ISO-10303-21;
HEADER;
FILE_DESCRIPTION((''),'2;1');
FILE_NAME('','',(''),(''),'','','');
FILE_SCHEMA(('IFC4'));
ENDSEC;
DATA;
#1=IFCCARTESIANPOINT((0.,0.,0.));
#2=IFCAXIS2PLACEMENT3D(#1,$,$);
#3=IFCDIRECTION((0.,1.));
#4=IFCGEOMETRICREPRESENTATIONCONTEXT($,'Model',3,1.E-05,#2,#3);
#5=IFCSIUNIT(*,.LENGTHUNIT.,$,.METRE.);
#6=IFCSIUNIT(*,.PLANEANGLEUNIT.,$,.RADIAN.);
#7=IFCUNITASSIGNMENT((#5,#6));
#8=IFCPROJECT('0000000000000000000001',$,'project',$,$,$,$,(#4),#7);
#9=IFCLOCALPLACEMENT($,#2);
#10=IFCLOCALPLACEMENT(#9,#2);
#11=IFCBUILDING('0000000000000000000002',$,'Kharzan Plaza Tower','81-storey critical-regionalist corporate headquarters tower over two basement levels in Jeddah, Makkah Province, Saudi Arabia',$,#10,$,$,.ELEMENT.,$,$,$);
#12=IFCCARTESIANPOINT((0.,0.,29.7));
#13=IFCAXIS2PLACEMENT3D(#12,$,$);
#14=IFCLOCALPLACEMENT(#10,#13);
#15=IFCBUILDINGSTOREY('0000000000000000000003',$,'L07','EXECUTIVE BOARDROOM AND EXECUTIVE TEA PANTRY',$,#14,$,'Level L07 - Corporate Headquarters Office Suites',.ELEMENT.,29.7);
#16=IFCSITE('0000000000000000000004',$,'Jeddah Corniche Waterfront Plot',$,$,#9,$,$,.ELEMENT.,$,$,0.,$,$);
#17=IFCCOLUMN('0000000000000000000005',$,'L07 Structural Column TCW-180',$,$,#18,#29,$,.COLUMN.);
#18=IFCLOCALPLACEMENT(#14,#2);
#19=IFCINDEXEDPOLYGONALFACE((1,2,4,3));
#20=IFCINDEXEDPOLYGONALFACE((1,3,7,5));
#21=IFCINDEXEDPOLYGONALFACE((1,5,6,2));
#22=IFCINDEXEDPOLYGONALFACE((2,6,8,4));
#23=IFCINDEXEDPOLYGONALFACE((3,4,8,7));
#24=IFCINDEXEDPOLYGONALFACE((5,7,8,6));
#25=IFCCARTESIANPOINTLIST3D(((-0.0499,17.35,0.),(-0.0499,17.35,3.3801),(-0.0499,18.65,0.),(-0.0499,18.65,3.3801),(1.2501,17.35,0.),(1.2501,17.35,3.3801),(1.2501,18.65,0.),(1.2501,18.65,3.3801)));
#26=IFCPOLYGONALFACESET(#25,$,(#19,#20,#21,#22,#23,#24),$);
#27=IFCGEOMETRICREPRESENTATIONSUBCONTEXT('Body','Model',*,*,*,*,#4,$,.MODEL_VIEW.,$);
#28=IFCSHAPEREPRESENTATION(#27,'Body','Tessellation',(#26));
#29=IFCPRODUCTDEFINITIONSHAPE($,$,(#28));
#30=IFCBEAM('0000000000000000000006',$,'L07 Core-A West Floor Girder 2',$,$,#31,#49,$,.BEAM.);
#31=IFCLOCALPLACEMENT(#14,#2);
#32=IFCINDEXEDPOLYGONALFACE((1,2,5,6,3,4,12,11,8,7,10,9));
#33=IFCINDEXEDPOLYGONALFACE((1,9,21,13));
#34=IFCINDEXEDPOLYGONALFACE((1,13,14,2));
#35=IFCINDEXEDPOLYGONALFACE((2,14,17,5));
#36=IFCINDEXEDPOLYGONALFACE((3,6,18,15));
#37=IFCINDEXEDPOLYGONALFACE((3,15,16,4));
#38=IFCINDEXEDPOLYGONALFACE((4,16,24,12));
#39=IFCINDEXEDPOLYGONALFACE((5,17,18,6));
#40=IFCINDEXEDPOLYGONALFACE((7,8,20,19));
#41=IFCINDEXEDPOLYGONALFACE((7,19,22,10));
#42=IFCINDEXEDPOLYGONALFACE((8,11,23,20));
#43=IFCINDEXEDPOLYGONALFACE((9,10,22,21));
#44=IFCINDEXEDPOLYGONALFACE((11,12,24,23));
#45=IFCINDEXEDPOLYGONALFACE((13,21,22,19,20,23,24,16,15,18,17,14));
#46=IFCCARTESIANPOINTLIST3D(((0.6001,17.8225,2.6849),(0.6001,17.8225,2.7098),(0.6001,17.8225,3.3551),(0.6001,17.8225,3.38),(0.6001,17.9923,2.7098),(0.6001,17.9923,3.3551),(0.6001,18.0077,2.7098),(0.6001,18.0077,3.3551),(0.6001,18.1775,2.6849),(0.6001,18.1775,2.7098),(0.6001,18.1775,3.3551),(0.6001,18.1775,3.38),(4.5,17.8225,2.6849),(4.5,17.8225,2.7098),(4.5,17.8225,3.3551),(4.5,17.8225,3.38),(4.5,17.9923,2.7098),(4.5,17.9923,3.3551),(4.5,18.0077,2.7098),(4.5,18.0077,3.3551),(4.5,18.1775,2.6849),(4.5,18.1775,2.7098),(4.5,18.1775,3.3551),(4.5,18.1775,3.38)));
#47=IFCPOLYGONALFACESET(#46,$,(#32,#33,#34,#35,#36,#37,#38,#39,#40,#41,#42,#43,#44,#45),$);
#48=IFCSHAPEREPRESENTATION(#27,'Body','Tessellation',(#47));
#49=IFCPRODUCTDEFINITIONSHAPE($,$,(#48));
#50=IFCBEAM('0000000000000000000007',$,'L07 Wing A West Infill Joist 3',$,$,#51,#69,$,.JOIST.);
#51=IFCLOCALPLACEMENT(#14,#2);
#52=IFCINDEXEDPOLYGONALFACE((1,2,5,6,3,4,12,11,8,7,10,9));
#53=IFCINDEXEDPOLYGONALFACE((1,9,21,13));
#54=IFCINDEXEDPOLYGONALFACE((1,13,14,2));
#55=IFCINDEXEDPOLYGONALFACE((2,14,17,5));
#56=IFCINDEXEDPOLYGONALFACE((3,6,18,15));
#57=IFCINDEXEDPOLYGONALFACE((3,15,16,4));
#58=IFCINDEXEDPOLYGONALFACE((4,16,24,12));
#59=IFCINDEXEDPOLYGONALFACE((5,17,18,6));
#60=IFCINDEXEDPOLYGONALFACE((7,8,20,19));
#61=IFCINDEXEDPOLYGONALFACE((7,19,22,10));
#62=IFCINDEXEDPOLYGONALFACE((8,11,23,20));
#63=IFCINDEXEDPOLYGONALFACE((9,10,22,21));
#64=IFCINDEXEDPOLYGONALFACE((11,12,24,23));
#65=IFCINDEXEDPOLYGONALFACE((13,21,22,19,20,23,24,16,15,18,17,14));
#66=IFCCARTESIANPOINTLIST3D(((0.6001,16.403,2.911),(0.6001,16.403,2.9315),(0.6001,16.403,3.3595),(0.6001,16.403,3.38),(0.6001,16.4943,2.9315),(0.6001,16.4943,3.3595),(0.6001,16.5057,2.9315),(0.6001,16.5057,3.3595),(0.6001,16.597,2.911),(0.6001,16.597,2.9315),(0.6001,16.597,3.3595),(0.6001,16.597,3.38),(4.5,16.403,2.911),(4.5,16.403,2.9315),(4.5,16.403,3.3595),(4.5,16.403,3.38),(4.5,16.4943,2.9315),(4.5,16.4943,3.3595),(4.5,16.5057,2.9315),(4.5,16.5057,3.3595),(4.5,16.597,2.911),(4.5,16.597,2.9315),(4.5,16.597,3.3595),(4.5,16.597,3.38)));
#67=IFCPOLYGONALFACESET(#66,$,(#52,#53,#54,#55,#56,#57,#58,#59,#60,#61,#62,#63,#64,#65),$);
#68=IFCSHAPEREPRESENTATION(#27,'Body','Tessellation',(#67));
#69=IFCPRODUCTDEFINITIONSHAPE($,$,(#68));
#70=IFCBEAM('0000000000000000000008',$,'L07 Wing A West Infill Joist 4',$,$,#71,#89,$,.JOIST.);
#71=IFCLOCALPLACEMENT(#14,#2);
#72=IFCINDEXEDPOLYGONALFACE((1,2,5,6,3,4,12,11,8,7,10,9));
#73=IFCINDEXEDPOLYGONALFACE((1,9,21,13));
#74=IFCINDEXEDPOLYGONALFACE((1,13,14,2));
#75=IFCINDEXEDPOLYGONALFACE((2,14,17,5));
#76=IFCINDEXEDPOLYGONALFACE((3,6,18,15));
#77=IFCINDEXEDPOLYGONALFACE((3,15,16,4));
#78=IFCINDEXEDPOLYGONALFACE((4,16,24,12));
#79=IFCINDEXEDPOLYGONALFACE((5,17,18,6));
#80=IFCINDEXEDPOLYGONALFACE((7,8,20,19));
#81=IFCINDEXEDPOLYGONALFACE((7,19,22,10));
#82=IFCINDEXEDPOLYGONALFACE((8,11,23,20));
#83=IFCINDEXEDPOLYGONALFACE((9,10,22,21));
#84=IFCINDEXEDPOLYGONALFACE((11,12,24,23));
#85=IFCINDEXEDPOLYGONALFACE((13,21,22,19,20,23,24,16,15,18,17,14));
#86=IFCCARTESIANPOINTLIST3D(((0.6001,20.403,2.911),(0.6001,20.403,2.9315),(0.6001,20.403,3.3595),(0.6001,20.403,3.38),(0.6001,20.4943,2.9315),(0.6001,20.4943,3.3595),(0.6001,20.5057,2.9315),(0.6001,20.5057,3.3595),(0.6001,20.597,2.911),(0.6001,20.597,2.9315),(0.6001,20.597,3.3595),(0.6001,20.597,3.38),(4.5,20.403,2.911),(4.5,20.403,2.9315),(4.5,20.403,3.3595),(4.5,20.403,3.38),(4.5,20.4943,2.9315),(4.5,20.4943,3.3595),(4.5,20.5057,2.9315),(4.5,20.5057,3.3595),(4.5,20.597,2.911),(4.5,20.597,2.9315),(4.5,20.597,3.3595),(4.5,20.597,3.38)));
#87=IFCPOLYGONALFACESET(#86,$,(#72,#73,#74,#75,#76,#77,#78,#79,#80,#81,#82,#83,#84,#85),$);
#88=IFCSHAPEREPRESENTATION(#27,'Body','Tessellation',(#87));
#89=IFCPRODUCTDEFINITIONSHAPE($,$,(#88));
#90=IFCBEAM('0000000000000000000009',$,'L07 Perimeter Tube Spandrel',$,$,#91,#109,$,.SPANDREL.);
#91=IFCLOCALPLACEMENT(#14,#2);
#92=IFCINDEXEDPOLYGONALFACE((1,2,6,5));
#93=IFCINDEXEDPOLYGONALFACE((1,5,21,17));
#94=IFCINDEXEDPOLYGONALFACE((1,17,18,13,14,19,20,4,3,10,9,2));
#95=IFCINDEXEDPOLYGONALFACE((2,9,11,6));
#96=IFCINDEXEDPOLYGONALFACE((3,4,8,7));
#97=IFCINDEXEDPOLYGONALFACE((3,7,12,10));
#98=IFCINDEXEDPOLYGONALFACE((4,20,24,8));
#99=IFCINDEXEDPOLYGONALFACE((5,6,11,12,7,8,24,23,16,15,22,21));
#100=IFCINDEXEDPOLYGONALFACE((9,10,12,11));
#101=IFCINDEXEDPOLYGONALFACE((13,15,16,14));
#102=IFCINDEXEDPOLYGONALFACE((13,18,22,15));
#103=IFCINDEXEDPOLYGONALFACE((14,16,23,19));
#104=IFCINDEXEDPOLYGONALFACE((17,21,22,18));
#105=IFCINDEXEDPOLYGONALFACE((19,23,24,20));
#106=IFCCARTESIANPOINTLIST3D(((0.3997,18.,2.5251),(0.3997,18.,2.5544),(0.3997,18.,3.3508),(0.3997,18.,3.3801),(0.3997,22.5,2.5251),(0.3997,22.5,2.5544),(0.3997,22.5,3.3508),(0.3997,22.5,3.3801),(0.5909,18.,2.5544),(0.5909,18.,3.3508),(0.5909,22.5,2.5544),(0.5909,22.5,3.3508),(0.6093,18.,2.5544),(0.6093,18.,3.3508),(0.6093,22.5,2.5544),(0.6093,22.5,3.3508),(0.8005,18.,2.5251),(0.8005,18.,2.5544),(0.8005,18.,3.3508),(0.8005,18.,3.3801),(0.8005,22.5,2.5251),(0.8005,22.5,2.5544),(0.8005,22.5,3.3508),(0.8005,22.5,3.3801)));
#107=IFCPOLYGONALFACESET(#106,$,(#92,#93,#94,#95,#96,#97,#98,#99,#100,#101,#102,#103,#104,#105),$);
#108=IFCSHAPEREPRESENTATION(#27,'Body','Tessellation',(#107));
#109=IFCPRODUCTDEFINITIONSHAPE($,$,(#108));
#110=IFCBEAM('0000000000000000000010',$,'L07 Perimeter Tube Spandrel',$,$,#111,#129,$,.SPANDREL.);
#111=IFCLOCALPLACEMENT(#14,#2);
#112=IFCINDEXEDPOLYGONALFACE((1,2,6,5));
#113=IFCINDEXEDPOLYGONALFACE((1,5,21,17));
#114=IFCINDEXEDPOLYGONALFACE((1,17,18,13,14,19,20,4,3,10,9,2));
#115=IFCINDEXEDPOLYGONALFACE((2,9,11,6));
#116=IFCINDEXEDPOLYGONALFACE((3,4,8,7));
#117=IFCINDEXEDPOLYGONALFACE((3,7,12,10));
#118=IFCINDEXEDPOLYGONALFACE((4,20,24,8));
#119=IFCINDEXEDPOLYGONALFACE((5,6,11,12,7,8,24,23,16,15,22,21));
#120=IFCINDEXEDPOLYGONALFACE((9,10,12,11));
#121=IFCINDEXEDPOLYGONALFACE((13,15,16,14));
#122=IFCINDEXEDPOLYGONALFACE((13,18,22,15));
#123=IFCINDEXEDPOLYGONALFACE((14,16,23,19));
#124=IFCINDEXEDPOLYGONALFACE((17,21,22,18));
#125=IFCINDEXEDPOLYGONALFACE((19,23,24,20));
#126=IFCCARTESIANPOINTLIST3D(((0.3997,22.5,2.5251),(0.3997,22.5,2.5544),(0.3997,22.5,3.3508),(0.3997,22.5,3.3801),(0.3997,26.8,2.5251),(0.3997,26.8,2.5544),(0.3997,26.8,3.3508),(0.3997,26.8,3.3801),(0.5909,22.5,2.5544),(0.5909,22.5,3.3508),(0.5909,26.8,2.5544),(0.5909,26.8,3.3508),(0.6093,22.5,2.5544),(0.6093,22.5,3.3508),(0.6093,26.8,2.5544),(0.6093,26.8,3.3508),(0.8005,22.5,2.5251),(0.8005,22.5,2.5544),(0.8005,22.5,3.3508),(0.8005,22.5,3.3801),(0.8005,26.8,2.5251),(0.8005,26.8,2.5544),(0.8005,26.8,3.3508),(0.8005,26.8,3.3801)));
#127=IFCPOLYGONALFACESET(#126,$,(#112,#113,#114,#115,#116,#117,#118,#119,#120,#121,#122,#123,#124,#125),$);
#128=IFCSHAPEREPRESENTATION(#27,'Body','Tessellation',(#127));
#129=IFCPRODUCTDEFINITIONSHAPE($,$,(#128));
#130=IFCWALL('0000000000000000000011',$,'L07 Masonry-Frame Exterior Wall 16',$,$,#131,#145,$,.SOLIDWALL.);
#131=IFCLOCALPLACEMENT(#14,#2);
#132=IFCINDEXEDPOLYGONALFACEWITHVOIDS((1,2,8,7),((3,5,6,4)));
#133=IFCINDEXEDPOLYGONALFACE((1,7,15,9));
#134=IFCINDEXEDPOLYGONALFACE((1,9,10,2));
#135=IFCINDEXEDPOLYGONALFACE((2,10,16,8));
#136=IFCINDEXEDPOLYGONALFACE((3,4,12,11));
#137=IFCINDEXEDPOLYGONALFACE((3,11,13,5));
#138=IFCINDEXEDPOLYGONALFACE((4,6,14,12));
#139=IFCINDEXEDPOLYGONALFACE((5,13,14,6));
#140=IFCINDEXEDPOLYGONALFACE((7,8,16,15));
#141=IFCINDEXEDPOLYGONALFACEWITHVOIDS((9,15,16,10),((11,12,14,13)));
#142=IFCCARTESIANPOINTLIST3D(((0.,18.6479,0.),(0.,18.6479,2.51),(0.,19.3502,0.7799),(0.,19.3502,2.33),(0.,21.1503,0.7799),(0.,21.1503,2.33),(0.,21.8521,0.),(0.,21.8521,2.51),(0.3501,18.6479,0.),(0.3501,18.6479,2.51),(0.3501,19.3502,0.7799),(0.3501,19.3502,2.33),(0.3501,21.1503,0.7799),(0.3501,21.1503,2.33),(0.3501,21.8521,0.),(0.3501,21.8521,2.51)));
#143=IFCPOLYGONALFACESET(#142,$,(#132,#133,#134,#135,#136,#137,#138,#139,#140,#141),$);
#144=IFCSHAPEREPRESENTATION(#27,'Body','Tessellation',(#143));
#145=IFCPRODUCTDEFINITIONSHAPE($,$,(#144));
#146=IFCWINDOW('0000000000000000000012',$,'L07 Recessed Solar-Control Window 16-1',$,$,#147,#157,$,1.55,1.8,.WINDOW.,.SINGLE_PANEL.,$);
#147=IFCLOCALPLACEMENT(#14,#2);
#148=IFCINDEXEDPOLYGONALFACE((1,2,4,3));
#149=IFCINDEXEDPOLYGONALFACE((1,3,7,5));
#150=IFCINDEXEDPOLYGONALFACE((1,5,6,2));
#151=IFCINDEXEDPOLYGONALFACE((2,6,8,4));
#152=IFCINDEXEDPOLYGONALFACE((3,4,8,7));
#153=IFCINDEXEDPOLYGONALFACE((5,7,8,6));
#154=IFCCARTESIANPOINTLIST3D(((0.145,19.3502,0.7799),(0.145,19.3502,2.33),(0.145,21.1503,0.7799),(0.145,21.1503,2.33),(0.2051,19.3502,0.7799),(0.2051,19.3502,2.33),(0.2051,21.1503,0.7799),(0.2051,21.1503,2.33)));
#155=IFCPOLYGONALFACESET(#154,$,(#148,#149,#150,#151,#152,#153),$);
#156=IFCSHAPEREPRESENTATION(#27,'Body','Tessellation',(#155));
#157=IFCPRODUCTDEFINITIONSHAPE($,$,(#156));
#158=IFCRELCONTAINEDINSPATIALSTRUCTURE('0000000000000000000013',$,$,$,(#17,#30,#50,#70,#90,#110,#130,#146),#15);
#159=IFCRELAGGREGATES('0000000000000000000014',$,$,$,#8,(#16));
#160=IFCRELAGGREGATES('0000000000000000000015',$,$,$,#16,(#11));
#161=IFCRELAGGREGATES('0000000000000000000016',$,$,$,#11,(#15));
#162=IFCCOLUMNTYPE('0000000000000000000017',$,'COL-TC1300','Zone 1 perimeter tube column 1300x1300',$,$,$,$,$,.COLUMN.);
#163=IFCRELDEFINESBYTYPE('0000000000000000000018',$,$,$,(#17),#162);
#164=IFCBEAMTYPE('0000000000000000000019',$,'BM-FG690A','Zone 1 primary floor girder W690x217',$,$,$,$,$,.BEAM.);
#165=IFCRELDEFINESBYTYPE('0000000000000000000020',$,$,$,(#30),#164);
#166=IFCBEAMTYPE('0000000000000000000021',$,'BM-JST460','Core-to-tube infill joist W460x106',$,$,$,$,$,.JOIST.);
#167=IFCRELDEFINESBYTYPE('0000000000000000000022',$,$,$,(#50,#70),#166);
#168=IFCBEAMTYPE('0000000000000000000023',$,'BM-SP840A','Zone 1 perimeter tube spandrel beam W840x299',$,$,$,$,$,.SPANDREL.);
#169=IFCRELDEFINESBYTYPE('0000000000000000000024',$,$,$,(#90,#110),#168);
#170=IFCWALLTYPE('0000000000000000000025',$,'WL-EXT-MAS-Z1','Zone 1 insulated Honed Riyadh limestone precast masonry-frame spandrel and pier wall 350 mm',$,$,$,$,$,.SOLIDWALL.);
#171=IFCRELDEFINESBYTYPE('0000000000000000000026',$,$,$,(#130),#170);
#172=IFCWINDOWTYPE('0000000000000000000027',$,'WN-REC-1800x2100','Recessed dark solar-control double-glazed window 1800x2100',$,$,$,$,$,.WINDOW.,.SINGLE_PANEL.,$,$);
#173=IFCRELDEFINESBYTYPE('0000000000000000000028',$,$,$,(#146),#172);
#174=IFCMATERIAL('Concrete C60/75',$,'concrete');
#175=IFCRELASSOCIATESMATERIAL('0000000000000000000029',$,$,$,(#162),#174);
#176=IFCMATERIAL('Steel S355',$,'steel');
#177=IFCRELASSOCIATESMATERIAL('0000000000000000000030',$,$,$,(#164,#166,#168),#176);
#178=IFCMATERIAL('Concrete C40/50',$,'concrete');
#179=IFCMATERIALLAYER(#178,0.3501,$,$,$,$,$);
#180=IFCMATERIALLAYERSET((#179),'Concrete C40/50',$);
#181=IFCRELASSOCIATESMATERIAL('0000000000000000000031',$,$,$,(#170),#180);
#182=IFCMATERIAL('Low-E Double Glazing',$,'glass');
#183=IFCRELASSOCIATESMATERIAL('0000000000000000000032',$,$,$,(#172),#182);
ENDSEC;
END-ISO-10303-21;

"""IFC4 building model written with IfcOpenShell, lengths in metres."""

from ifc_helpers import new_model, si_unit, direction, frame, frame_2d, origin, origin_2d, place, context, subcontext, project, spatial, rectangle, i_section, extrude, source, transform, mapped, material, layer, layer_set, material_profile, profile_set, type_object, element, fill, save


model = new_model("IFC4")

# Units and contexts
model_context = context("Model", 3, precision=1e-05, world=origin(), true_north=direction((0.0, 1.0)))
body_context = subcontext(model_context, "Body", "Model", "MODEL_VIEW")
ifc_project = project(units=[si_unit("LENGTHUNIT", "METRE"), si_unit("PLANEANGLEUNIT", "RADIAN")], contexts=[model_context])

# Site, building, storey
site_placement = place(None, origin())
site = spatial("IfcSite", under=ifc_project, at=site_placement, Name="Jeddah Corniche Waterfront Plot", CompositionType="ELEMENT", RefElevation=0.0)
building_placement = place(site_placement, origin())
building = spatial("IfcBuilding", under=site, at=building_placement, Name="Kharzan Plaza Tower", Description="81-storey critical-regionalist corporate headquarters tower over two basement levels in Jeddah, Makkah Province, Saudi Arabia", CompositionType="ELEMENT")
storey_placement = place(building_placement, frame((0.0, 0.0, 29.7)))
storey = spatial("IfcBuildingStorey", under=building, at=storey_placement, Name="L07", Description="EXECUTIVE BOARDROOM AND EXECUTIVE TEA PANTRY", LongName="Level L07 - Corporate Headquarters Office Suites", CompositionType="ELEMENT", Elevation=29.7)

# Column
ifc_material_1 = material(Name="Concrete C60/75", Category="concrete")
ifc_material_profile_1 = material_profile(ifc_material_1, rectangle(XDim=1.3, YDim=1.3, at=origin_2d()), Name="RC-TC1300x1300")
ifc_profile_set_1 = profile_set([ifc_material_profile_1], Name="Concrete C60/75")
column_type = type_object("IfcColumnType", Name="COL-TC1300", Description="Zone 1 perimeter tube column 1300x1300", PredefinedType="COLUMN", material=ifc_profile_set_1)
shared_shape_1 = source(origin(), body_context, "Body", "SweptSolid", [
    extrude(rectangle(XDim=1.3, YDim=1.3, at=origin_2d()), origin(), (0.0, 0.0, 1.0), 3.3801),
])
column_placement = place(storey_placement, frame((0.6001, 18.0, 0.0), z_axis=(0.0, 0.0, 1.0), x_axis=(1.0, 0.0, 0.0)))
element("IfcColumn", 1, at=column_placement, inside=storey, type_object=column_type, Name="L07 Structural Column TCW-180", PredefinedType="COLUMN", context=body_context, shape_type="MappedRepresentation", body=[
    mapped(shared_shape_1, transform((0.0, 0.0, 0.0), x_axis=(1.0, 0.0, 0.0), y_axis=(0.0, 1.0, 0.0), z_axis=(0.0, 0.0, 1.0))),
])

# Beams
ifc_material_2 = material(Name="Steel S355", Category="steel")
ifc_material_profile_2 = material_profile(ifc_material_2, i_section(OverallWidth=0.355, OverallDepth=0.6951, WebThickness=0.0154, FlangeThickness=0.0249, at=origin_2d()), Name="W690x217")
ifc_profile_set_2 = profile_set([ifc_material_profile_2], Name="Steel S355")
beam_type_1 = type_object("IfcBeamType", Name="BM-FG690A", Description="Zone 1 primary floor girder W690x217", PredefinedType="BEAM", material=ifc_profile_set_2)
shared_shape_2 = source(origin(), body_context, "Body", "SweptSolid", [
    extrude(i_section(OverallWidth=0.355, OverallDepth=0.6951, WebThickness=0.0154, FlangeThickness=0.0249, at=origin_2d()), origin(), (0.0, 0.0, 1.0), 3.8999),
])
beam_1_placement = place(storey_placement, frame((0.6001, 18.0, 3.0325), z_axis=(1.0, 0.0, 0.0), x_axis=(0.0, 1.0, 0.0)))
element("IfcBeam", 2, at=beam_1_placement, inside=storey, type_object=beam_type_1, Name="L07 Core-A West Floor Girder 2", PredefinedType="BEAM", context=body_context, shape_type="MappedRepresentation", body=[
    mapped(shared_shape_2, transform((0.0, 0.0, 0.0), x_axis=(1.0, 0.0, 0.0), y_axis=(0.0, 1.0, 0.0), z_axis=(0.0, 0.0, 1.0))),
])
ifc_material_profile_3 = material_profile(ifc_material_2, i_section(OverallWidth=0.1941, OverallDepth=0.469, WebThickness=0.0115, FlangeThickness=0.0205, at=origin_2d()), Name="W460x106")
ifc_profile_set_3 = profile_set([ifc_material_profile_3], Name="Steel S355")
beam_type_2 = type_object("IfcBeamType", Name="BM-JST460", Description="Core-to-tube infill joist W460x106", PredefinedType="JOIST", material=ifc_profile_set_3)
shared_shape_3 = source(origin(), body_context, "Body", "SweptSolid", [
    extrude(i_section(OverallWidth=0.1941, OverallDepth=0.469, WebThickness=0.0115, FlangeThickness=0.0205, at=origin_2d()), origin(), (0.0, 0.0, 1.0), 3.8999),
])
for number, where, z_axis, x_axis, name in (
    (3, (0.6001, 16.5, 3.1455), (1.0, 0.0, 0.0), (0.0, 1.0, 0.0), "L07 Wing A West Infill Joist 3"),
    (4, (0.6001, 20.5, 3.1455), (1.0, 0.0, 0.0), (0.0, 1.0, 0.0), "L07 Wing A West Infill Joist 4"),
):
    element("IfcBeam", number, at=place(storey_placement, frame(where, z_axis=z_axis, x_axis=x_axis)), inside=storey, type_object=beam_type_2, Name=name, PredefinedType="JOIST", context=body_context, shape_type="MappedRepresentation", body=[
        mapped(shared_shape_3, transform((0.0, 0.0, 0.0), x_axis=(1.0, 0.0, 0.0), y_axis=(0.0, 1.0, 0.0), z_axis=(0.0, 0.0, 1.0))),
    ])
ifc_material_profile_4 = material_profile(ifc_material_2, i_section(OverallWidth=0.4009, OverallDepth=0.855, WebThickness=0.0183, FlangeThickness=0.0293, at=origin_2d()), Name="W840x299")
ifc_profile_set_4 = profile_set([ifc_material_profile_4], Name="Steel S355")
beam_type_3 = type_object("IfcBeamType", Name="BM-SP840A", Description="Zone 1 perimeter tube spandrel beam W840x299", PredefinedType="SPANDREL", material=ifc_profile_set_4)
shared_shape_4 = source(origin(), body_context, "Body", "SweptSolid", [
    extrude(i_section(OverallWidth=0.4009, OverallDepth=0.855, WebThickness=0.0183, FlangeThickness=0.0293, at=origin_2d()), origin(), (0.0, 0.0, 1.0), 4.5),
])
beam_2_placement = place(storey_placement, frame((0.6001, 18.0, 2.9526), z_axis=(0.0, 1.0, 0.0), x_axis=(-1.0, 0.0, 0.0)))
element("IfcBeam", 5, at=beam_2_placement, inside=storey, type_object=beam_type_3, Name="L07 Perimeter Tube Spandrel", PredefinedType="SPANDREL", context=body_context, shape_type="MappedRepresentation", body=[
    mapped(shared_shape_4, transform((0.0, 0.0, 0.0), x_axis=(1.0, 0.0, 0.0), y_axis=(0.0, 1.0, 0.0), z_axis=(0.0, 0.0, 1.0))),
])
shared_shape_5 = source(origin(), body_context, "Body", "SweptSolid", [
    extrude(i_section(OverallWidth=0.4009, OverallDepth=0.855, WebThickness=0.0183, FlangeThickness=0.0293, at=origin_2d()), origin(), (0.0, 0.0, 1.0), 4.3),
])
beam_3_placement = place(storey_placement, frame((0.6001, 22.5, 2.9526), z_axis=(0.0, 1.0, 0.0), x_axis=(-1.0, 0.0, 0.0)))
element("IfcBeam", 6, at=beam_3_placement, inside=storey, type_object=beam_type_3, Name="L07 Perimeter Tube Spandrel", PredefinedType="SPANDREL", context=body_context, shape_type="MappedRepresentation", body=[
    mapped(shared_shape_5, transform((0.0, 0.0, 0.0), x_axis=(1.0, 0.0, 0.0), y_axis=(0.0, 1.0, 0.0), z_axis=(0.0, 0.0, 1.0))),
])

# Wall, opening, window
ifc_material_3 = material(Name="Concrete C40/50", Category="concrete")
ifc_layer_1 = layer(ifc_material_3, 0.3501)
ifc_layer_set_1 = layer_set([ifc_layer_1], Name="Concrete C40/50")
wall_type_1 = type_object("IfcWallType", Name="WL-EXT-MAS-Z1", Description="Zone 1 insulated Honed Riyadh limestone precast masonry-frame spandrel and pier wall 350 mm", PredefinedType="SOLIDWALL", material=ifc_layer_set_1)
wall_1_placement = place(storey_placement, frame((0.175, 21.8521, 0.0), z_axis=(0.0, 0.0, 1.0), x_axis=(0.0, -1.0, 0.0)))
wall_1 = element("IfcWall", 7, at=wall_1_placement, inside=storey, type_object=wall_type_1, Name="L07 Masonry-Frame Exterior Wall 16", PredefinedType="SOLIDWALL", context=body_context, shape_type="SweptSolid", body=[
    extrude(rectangle(XDim=3.2041, YDim=0.3501, at=frame_2d((1.6021, 0.0))), origin(), (0.0, 0.0, 1.0), 2.51),
])
opening_1_placement = place(wall_1_placement, frame((0.7019, 0.0, 0.78)))
opening_1 = element("IfcOpeningElement", 8, at=opening_1_placement, cuts=wall_1, PredefinedType="OPENING", context=body_context, shape_type="SweptSolid", body=[
    extrude(rectangle(XDim=1.8, YDim=1.55, at=frame_2d((0.8999, 0.7749))), frame((0.0, 0.1851, 0.0), z_axis=(0.0, -1.0, 0.0), x_axis=(1.0, 0.0, 0.0)), (0.0, 0.0, 1.0), 0.3701),
])
ifc_material_4 = material(Name="Low-E Double Glazing", Category="glass")
window_type = type_object("IfcWindowType", Name="WN-REC-1800x2100", Description="Recessed dark solar-control double-glazed window 1800x2100", PartitioningType="SINGLE_PANEL", PredefinedType="WINDOW", material=ifc_material_4)
shared_shape_6 = source(origin(), body_context, "Body", "SweptSolid", [
    extrude(rectangle(XDim=1.8, YDim=1.55, at=frame_2d((0.8999, 0.7749))), frame((0.0, 0.03, 0.0), z_axis=(0.0, -1.0, 0.0), x_axis=(1.0, 0.0, 0.0)), (0.0, 0.0, 1.0), 0.0601),
])
window_1_placement = place(opening_1_placement, origin())
window_1 = element("IfcWindow", 9, at=window_1_placement, inside=storey, type_object=window_type, Name="L07 Recessed Solar-Control Window 16-1", OverallHeight=1.55, OverallWidth=1.8, PartitioningType="SINGLE_PANEL", PredefinedType="WINDOW", context=body_context, shape_type="MappedRepresentation", body=[
    mapped(shared_shape_6, transform((0.0, 0.0, 0.0), x_axis=(1.0, 0.0, 0.0), y_axis=(0.0, 1.0, 0.0), z_axis=(0.0, 0.0, 1.0))),
])
fill(opening_1, window_1)

save(model, "model.ifc")
